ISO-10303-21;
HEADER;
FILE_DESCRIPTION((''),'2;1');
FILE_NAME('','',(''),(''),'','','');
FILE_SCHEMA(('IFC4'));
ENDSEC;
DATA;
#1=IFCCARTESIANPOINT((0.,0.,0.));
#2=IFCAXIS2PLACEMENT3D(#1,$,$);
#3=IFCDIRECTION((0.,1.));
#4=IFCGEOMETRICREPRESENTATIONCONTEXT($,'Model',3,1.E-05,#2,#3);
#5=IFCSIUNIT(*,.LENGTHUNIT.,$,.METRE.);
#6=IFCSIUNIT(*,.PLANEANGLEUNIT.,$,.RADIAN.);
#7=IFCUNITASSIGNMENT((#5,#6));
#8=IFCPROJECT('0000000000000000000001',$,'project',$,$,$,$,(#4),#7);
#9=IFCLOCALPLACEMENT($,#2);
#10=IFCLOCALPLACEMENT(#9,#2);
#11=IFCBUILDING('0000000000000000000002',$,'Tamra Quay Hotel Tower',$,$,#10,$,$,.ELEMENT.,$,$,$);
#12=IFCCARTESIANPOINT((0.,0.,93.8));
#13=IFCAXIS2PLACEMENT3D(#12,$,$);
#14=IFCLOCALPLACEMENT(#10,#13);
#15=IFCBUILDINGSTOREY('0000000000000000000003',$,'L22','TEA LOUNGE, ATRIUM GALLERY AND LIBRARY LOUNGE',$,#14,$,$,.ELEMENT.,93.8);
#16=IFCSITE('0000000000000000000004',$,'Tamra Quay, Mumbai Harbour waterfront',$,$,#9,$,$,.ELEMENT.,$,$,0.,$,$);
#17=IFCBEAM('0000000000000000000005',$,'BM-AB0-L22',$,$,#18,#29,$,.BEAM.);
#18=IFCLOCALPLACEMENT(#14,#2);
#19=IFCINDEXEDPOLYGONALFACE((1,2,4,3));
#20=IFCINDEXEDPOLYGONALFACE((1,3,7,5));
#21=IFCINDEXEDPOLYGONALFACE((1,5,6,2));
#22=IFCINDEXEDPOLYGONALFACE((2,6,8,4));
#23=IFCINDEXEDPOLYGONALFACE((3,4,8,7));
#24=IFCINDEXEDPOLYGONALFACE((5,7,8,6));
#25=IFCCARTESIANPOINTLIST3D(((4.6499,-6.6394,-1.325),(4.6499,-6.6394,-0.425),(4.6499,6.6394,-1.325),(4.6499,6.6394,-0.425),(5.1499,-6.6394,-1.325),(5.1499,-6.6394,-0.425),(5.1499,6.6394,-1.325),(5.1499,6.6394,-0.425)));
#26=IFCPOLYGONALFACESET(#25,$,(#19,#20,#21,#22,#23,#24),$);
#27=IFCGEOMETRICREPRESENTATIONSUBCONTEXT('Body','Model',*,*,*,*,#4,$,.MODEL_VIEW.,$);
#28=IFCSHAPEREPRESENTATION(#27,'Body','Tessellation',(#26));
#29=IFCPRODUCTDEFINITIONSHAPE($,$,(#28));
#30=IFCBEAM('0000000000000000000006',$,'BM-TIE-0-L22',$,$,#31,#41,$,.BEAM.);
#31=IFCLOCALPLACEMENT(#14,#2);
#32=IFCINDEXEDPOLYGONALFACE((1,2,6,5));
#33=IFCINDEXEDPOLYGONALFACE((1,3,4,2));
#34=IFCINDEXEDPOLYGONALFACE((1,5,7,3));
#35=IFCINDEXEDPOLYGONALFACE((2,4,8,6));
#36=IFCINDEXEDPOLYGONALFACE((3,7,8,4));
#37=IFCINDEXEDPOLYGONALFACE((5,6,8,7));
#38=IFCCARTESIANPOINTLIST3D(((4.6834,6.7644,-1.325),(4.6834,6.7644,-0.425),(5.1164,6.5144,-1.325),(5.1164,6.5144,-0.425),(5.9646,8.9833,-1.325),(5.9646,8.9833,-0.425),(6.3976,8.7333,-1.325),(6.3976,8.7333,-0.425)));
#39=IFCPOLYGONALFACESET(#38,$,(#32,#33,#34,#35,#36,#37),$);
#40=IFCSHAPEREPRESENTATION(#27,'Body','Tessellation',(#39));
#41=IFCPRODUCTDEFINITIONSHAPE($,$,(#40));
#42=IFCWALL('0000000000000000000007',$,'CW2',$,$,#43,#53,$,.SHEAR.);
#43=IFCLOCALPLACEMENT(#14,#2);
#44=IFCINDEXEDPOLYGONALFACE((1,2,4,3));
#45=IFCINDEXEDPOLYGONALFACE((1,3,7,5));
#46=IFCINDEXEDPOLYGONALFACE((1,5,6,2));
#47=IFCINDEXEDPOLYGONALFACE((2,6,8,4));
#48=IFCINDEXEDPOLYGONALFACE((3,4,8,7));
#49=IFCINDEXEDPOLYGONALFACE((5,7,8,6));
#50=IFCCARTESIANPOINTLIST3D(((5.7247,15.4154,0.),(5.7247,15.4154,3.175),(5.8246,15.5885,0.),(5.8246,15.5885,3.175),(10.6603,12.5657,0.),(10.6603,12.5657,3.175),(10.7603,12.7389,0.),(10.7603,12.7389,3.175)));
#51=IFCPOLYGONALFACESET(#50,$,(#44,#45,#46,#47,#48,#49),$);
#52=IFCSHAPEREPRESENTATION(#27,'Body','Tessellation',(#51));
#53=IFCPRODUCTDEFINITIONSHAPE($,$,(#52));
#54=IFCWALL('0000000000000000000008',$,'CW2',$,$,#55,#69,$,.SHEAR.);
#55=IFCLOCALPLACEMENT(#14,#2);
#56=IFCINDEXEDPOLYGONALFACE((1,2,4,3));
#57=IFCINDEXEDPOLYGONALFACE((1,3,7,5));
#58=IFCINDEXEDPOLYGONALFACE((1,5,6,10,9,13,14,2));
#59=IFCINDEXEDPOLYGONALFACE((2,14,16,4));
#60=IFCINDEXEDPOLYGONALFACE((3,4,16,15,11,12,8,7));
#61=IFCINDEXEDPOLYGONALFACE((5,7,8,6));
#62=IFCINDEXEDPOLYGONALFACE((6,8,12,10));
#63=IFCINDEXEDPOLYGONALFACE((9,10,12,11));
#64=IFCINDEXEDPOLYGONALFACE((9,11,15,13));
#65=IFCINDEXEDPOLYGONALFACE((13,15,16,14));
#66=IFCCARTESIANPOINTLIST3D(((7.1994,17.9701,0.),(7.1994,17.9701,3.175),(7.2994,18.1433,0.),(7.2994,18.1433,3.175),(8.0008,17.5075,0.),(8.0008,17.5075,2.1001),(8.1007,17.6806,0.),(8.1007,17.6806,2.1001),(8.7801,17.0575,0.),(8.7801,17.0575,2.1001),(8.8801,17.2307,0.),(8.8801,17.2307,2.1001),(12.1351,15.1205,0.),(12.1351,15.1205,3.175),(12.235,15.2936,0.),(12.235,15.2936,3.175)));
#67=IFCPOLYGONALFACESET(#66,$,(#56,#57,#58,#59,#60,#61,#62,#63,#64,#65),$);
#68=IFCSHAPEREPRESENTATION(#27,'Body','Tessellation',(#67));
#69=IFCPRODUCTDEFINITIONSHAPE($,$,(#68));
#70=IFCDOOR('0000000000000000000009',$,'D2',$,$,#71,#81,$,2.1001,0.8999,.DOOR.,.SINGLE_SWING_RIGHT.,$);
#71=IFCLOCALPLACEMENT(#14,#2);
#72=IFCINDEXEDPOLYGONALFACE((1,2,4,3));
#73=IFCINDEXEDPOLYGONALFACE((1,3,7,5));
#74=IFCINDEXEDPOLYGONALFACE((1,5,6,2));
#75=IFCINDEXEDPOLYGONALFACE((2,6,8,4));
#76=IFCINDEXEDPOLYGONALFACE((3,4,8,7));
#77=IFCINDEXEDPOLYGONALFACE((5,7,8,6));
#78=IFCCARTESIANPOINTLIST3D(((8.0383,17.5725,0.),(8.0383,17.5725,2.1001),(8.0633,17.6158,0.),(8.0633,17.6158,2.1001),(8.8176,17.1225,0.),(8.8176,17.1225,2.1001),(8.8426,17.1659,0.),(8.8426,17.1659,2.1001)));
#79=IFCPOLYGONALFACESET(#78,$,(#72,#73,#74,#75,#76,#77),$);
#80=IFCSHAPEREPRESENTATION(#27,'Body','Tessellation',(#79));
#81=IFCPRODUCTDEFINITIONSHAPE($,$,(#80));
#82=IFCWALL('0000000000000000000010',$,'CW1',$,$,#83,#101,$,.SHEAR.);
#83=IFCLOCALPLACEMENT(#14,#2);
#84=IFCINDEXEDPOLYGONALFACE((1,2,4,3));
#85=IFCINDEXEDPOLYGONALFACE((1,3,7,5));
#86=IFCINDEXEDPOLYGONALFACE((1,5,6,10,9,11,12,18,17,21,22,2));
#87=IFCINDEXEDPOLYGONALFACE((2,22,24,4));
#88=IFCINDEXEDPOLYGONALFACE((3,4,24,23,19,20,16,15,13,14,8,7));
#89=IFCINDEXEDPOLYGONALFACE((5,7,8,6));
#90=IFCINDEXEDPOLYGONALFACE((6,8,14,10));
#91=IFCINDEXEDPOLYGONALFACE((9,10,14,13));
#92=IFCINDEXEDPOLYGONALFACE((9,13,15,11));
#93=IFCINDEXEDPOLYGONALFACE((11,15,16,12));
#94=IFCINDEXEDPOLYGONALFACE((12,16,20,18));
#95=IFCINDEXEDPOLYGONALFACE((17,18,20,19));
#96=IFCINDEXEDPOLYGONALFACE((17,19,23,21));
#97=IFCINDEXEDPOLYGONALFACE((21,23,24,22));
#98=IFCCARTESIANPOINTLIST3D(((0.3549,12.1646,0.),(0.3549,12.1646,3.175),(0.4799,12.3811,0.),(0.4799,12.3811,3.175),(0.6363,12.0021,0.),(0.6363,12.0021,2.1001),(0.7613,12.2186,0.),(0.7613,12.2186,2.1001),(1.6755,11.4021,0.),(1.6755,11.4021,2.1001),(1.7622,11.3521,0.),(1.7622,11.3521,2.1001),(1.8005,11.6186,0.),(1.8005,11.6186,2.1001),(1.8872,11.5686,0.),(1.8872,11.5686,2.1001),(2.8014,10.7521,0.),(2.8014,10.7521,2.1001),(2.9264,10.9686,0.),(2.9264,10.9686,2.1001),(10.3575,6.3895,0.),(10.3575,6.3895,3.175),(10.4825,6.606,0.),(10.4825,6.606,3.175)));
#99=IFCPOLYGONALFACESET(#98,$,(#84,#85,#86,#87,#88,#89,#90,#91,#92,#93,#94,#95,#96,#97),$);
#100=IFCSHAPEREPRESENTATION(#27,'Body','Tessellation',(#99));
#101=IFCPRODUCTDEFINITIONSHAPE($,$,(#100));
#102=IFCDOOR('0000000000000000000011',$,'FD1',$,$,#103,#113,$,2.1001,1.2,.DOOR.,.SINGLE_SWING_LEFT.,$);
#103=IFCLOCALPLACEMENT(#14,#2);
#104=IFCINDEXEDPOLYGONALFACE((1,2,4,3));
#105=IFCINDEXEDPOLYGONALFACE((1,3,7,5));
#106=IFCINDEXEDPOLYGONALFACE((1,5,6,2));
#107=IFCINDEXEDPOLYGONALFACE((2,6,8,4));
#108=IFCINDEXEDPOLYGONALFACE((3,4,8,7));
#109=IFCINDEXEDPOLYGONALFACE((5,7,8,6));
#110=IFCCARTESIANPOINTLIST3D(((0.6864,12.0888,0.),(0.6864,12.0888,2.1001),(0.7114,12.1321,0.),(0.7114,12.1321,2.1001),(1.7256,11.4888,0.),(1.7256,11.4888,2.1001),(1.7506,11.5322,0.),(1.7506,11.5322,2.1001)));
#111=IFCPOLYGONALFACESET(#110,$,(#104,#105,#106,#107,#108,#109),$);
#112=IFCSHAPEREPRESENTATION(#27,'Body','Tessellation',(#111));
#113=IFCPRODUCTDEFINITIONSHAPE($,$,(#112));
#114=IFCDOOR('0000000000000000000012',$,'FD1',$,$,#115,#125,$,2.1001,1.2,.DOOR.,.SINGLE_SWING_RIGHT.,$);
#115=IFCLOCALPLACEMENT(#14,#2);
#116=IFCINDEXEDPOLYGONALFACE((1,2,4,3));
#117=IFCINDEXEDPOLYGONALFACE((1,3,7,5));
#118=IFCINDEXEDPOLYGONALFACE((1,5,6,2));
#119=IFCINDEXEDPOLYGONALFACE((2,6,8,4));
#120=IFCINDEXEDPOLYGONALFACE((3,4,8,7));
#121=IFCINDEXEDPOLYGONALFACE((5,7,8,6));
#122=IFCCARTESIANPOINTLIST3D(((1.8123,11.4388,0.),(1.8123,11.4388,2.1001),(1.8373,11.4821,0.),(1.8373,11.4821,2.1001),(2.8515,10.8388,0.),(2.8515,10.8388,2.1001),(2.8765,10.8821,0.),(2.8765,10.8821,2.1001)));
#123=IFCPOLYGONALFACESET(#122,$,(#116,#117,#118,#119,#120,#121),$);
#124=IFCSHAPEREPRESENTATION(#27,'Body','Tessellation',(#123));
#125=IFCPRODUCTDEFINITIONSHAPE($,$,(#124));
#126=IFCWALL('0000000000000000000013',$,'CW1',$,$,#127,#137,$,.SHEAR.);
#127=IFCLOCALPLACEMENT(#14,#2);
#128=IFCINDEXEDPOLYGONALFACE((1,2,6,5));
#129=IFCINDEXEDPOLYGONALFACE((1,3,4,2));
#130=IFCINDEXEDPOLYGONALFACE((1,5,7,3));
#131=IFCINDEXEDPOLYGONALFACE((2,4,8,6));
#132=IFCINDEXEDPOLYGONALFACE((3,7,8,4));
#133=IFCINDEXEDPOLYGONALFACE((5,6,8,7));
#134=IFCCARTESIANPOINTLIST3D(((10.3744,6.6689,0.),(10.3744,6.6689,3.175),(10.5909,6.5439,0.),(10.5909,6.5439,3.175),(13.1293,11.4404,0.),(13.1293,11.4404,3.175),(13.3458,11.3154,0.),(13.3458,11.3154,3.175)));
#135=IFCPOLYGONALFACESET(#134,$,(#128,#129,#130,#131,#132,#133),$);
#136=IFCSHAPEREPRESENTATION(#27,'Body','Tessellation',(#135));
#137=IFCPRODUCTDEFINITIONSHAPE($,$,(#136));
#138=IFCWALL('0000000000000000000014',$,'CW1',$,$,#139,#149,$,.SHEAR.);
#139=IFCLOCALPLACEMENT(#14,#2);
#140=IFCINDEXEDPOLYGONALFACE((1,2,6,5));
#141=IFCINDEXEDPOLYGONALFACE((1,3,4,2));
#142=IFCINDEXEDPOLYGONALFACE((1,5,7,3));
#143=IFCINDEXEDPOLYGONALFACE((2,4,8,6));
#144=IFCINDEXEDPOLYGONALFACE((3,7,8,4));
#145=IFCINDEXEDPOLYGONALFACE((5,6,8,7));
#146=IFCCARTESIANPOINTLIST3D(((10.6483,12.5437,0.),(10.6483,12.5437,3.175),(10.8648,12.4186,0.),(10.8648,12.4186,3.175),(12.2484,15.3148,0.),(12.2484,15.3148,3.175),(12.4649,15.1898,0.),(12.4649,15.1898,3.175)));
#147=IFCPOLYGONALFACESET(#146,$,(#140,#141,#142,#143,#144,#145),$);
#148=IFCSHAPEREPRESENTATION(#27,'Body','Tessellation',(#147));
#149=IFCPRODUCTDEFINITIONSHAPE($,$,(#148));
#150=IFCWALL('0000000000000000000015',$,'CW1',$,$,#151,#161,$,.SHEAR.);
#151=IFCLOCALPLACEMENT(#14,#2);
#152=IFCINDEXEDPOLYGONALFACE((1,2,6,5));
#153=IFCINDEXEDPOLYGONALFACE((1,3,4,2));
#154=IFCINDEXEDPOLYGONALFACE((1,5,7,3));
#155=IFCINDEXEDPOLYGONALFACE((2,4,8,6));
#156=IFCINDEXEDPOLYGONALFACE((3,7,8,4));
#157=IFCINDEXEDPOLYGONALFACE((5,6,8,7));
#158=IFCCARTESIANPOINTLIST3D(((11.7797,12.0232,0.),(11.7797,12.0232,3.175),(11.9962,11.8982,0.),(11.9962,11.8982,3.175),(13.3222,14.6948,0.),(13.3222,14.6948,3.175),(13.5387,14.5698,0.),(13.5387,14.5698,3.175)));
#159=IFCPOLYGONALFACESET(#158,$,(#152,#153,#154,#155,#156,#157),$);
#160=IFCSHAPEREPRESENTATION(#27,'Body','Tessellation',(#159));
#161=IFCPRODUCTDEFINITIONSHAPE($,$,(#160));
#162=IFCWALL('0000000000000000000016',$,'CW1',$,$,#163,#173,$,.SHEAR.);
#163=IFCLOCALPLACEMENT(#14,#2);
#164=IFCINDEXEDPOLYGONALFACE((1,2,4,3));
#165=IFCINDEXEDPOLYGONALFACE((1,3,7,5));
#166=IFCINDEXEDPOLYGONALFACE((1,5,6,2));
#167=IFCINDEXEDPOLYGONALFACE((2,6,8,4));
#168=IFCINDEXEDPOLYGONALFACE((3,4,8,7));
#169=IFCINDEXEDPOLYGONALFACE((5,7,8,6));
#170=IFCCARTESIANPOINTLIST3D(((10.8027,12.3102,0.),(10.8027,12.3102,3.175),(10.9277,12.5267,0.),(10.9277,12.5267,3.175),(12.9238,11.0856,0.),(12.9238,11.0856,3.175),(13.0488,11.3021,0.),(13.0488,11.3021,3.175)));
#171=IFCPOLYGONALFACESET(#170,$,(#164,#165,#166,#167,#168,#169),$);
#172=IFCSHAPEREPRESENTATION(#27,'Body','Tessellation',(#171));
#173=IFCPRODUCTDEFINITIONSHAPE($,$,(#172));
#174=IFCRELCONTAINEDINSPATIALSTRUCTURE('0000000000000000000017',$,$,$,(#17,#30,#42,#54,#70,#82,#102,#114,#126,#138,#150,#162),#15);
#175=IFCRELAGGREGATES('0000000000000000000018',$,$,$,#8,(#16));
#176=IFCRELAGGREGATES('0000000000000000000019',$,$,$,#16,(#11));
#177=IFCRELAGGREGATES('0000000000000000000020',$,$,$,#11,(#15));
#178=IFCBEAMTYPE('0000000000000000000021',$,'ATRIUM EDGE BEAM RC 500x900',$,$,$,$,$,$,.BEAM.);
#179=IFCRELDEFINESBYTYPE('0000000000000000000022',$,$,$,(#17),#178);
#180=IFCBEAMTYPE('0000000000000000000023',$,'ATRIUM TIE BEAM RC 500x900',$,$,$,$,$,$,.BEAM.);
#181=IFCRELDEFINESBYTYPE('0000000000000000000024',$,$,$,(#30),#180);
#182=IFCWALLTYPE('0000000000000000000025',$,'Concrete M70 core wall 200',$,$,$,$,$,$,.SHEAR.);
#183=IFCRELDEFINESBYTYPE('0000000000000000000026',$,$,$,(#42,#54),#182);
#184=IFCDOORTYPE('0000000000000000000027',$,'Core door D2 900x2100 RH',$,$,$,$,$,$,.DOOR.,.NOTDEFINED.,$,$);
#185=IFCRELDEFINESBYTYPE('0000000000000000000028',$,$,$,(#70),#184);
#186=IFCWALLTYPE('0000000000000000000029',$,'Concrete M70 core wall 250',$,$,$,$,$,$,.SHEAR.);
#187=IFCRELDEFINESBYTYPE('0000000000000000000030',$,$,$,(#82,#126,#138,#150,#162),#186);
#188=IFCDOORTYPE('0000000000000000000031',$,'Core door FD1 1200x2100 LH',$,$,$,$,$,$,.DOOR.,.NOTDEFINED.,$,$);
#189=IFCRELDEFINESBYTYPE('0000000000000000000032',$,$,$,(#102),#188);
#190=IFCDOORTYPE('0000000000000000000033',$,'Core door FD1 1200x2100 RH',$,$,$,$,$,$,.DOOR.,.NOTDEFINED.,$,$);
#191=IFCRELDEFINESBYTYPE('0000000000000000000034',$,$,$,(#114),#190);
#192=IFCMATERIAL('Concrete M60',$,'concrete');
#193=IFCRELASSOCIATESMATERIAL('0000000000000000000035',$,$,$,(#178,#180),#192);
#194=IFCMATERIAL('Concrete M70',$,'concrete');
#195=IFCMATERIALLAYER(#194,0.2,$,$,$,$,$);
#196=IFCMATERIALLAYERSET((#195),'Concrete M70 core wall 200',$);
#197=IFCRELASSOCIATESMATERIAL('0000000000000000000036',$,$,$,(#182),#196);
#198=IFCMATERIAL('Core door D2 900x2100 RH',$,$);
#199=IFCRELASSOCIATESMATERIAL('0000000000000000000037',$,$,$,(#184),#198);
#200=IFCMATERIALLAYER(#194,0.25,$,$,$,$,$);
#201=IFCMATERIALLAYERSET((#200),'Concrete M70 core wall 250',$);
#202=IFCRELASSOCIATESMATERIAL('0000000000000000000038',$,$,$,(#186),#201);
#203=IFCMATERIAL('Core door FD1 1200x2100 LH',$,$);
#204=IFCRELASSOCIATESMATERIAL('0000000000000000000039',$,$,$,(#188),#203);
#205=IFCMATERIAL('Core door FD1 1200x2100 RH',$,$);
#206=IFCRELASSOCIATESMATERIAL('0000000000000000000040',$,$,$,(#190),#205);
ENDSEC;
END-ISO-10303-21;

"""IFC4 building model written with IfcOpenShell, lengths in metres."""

from ifc_helpers import new_model, si_unit, direction, frame, frame_2d, origin, origin_2d, place, context, subcontext, project, spatial, rectangle, extrude, material, layer, layer_set, material_profile, profile_set, type_object, element, fill, save


model = new_model("IFC4")

# Units and contexts
model_context = context("Model", 3, precision=1e-05, world=origin(), true_north=direction((0.0, 1.0)))
body_context = subcontext(model_context, "Body", "Model", "MODEL_VIEW")
ifc_project = project(units=[si_unit("LENGTHUNIT", "METRE"), si_unit("PLANEANGLEUNIT", "RADIAN")], contexts=[model_context])

# Site, building, storey
site_placement = place(None, origin())
site = spatial("IfcSite", under=ifc_project, at=site_placement, Name="Tamra Quay, Mumbai Harbour waterfront", CompositionType="ELEMENT", RefElevation=0.0)
building_placement = place(site_placement, origin())
building = spatial("IfcBuilding", under=site, at=building_placement, Name="Tamra Quay Hotel Tower", CompositionType="ELEMENT")
storey_placement = place(building_placement, frame((0.0, 0.0, 93.8)))
storey = spatial("IfcBuildingStorey", under=building, at=storey_placement, Name="L22", Description="TEA LOUNGE, ATRIUM GALLERY AND LIBRARY LOUNGE", CompositionType="ELEMENT", Elevation=93.8)

# Beams
ifc_material_1 = material(Name="Concrete M60", Category="concrete")
ifc_material_profile_1 = material_profile(ifc_material_1, rectangle(XDim=0.5, YDim=0.8999, at=origin_2d()), Name="ATRIUM EDGE BEAM RC 500x900")
ifc_profile_set_1 = profile_set([ifc_material_profile_1], Name="Concrete M60")
beam_type_1 = type_object("IfcBeamType", Name="ATRIUM EDGE BEAM RC 500x900", PredefinedType="BEAM", material=ifc_profile_set_1)
beam_1_placement = place(storey_placement, frame((4.8999, 6.6394, -0.875), z_axis=(0.0, -1.0, 0.0), x_axis=(1.0, 0.0, 0.0)))
element("IfcBeam", 1, at=beam_1_placement, inside=storey, type_object=beam_type_1, Name="BM-AB0-L22", PredefinedType="BEAM", context=body_context, shape_type="SweptSolid", body=[
    extrude(rectangle(XDim=0.5, YDim=0.8999, at=origin_2d()), origin(), (0.0, 0.0, 1.0), 13.2788),
])
ifc_material_profile_2 = material_profile(ifc_material_1, rectangle(XDim=0.5, YDim=0.8999, at=origin_2d()), Name="ATRIUM TIE BEAM RC 500x900")
ifc_profile_set_2 = profile_set([ifc_material_profile_2], Name="Concrete M60")
beam_type_2 = type_object("IfcBeamType", Name="ATRIUM TIE BEAM RC 500x900", PredefinedType="BEAM", material=ifc_profile_set_2)
beam_2_placement = place(storey_placement, frame((4.8999, 6.6394, -0.875), z_axis=(0.500033, 0.866006, 0.0), x_axis=(-0.866006, 0.500033, 0.0)))
element("IfcBeam", 2, at=beam_2_placement, inside=storey, type_object=beam_type_2, Name="BM-TIE-0-L22", PredefinedType="BEAM", context=body_context, shape_type="SweptSolid", body=[
    extrude(rectangle(XDim=0.5, YDim=0.8999, at=origin_2d()), origin(), (0.0, 0.0, 1.0), 2.5623),
])

# Wall
ifc_material_2 = material(Name="Concrete M70", Category="concrete")
ifc_layer_1 = layer(ifc_material_2, 0.2)
ifc_layer_set_1 = layer_set([ifc_layer_1], Name="Concrete M70 core wall 200")
wall_type_1 = type_object("IfcWallType", Name="Concrete M70 core wall 200", PredefinedType="SHEAR", material=ifc_layer_set_1)
wall_1_placement = place(storey_placement, frame((5.7747, 15.502, 0.0), z_axis=(0.0, 0.0, 1.0), x_axis=(0.86602, -0.500009, 0.0)))
element("IfcWall", 3, at=wall_1_placement, inside=storey, type_object=wall_type_1, Name="CW2", PredefinedType="SHEAR", context=body_context, shape_type="SweptSolid", body=[
    extrude(rectangle(XDim=5.6992, YDim=0.2, at=frame_2d((2.8496, 0.0))), origin(), (0.0, 0.0, 1.0), 3.175),
])

# Wall, opening, door
wall_2_placement = place(storey_placement, frame((12.1851, 15.207, 0.0), z_axis=(0.0, 0.0, 1.0), x_axis=(-0.86602, 0.500009, 0.0)))
wall_2 = element("IfcWall", 4, at=wall_2_placement, inside=storey, type_object=wall_type_1, Name="CW2", PredefinedType="SHEAR", context=body_context, shape_type="SweptSolid", body=[
    extrude(rectangle(XDim=5.6992, YDim=0.2, at=frame_2d((2.8496, 0.0))), origin(), (0.0, 0.0, 1.0), 3.175),
])
opening_1_placement = place(wall_2_placement, frame((3.874, 0.0, 0.0)))
opening_1 = element("IfcOpeningElement", 5, at=opening_1_placement, cuts=wall_2, PredefinedType="OPENING", context=body_context, shape_type="SweptSolid", body=[
    extrude(rectangle(XDim=0.8999, YDim=2.1001, at=frame_2d((0.45, 1.05))), frame((0.0, 0.1099, 0.0), z_axis=(0.0, -1.0, 0.0), x_axis=(1.0, 0.0, 0.0)), (0.0, 0.0, 1.0), 0.22),
])
ifc_material_3 = material(Name="Core door D2 900x2100 RH")
door_type_1 = type_object("IfcDoorType", Name="Core door D2 900x2100 RH", OperationType="NOTDEFINED", PredefinedType="DOOR", material=ifc_material_3)
door_1_placement = place(opening_1_placement, origin())
door_1 = element("IfcDoor", 6, at=door_1_placement, inside=storey, type_object=door_type_1, Name="D2", OperationType="SINGLE_SWING_RIGHT", OverallHeight=2.1001, OverallWidth=0.8999, PredefinedType="DOOR", context=body_context, shape_type="SweptSolid", body=[
    extrude(rectangle(XDim=0.8999, YDim=2.1001, at=frame_2d((0.45, 1.05))), frame((0.0, 0.0249, 0.0), z_axis=(0.0, -1.0, 0.0), x_axis=(1.0, 0.0, 0.0)), (0.0, 0.0, 1.0), 0.05),
])
fill(opening_1, door_1)

# Wall, openings, doors
ifc_layer_2 = layer(ifc_material_2, 0.25)
ifc_layer_set_2 = layer_set([ifc_layer_2], Name="Concrete M70 core wall 250")
wall_type_2 = type_object("IfcWallType", Name="Concrete M70 core wall 250", PredefinedType="SHEAR", material=ifc_layer_set_2)
wall_3_placement = place(storey_placement, frame((10.4199, 6.4978, 0.0), z_axis=(0.0, 0.0, 1.0), x_axis=(-0.866022, 0.500006, 0.0)))
wall_3 = element("IfcWall", 7, at=wall_3_placement, inside=storey, type_object=wall_type_2, Name="CW1", PredefinedType="SHEAR", context=body_context, shape_type="SweptSolid", body=[
    extrude(rectangle(XDim=11.55, YDim=0.25, at=frame_2d((5.7749, 0.0))), origin(), (0.0, 0.0, 1.0), 3.175),
])
opening_2_placement = place(wall_3_placement, frame((10.0249, 0.0, 0.0)))
opening_2 = element("IfcOpeningElement", 8, at=opening_2_placement, cuts=wall_3, PredefinedType="OPENING", context=body_context, shape_type="SweptSolid", body=[
    extrude(rectangle(XDim=1.2, YDim=2.1001, at=frame_2d((0.6001, 1.05))), frame((0.0, 0.135, 0.0), z_axis=(0.0, -1.0, 0.0), x_axis=(1.0, 0.0, 0.0)), (0.0, 0.0, 1.0), 0.27),
])
opening_3_placement = place(wall_3_placement, frame((8.7249, 0.0, 0.0)))
opening_3 = element("IfcOpeningElement", 9, at=opening_3_placement, cuts=wall_3, PredefinedType="OPENING", context=body_context, shape_type="SweptSolid", body=[
    extrude(rectangle(XDim=1.2, YDim=2.1001, at=frame_2d((0.6001, 1.05))), frame((0.0, 0.135, 0.0), z_axis=(0.0, -1.0, 0.0), x_axis=(1.0, 0.0, 0.0)), (0.0, 0.0, 1.0), 0.27),
])
ifc_material_4 = material(Name="Core door FD1 1200x2100 LH")
door_type_2 = type_object("IfcDoorType", Name="Core door FD1 1200x2100 LH", OperationType="NOTDEFINED", PredefinedType="DOOR", material=ifc_material_4)
door_2_placement = place(opening_2_placement, origin())
door_2 = element("IfcDoor", 10, at=door_2_placement, inside=storey, type_object=door_type_2, Name="FD1", OperationType="SINGLE_SWING_LEFT", OverallHeight=2.1001, OverallWidth=1.2, PredefinedType="DOOR", context=body_context, shape_type="SweptSolid", body=[
    extrude(rectangle(XDim=1.2, YDim=2.1001, at=frame_2d((0.6001, 1.05))), frame((0.0, 0.0249, 0.0), z_axis=(0.0, -1.0, 0.0), x_axis=(1.0, 0.0, 0.0)), (0.0, 0.0, 1.0), 0.05),
])
fill(opening_2, door_2)
ifc_material_5 = material(Name="Core door FD1 1200x2100 RH")
door_type_3 = type_object("IfcDoorType", Name="Core door FD1 1200x2100 RH", OperationType="NOTDEFINED", PredefinedType="DOOR", material=ifc_material_5)
door_3_placement = place(opening_3_placement, origin())
door_3 = element("IfcDoor", 11, at=door_3_placement, inside=storey, type_object=door_type_3, Name="FD1", OperationType="SINGLE_SWING_RIGHT", OverallHeight=2.1001, OverallWidth=1.2, PredefinedType="DOOR", context=body_context, shape_type="SweptSolid", body=[
    extrude(rectangle(XDim=1.2, YDim=2.1001, at=frame_2d((0.6001, 1.05))), frame((0.0, 0.0249, 0.0), z_axis=(0.0, -1.0, 0.0), x_axis=(1.0, 0.0, 0.0)), (0.0, 0.0, 1.0), 0.05),
])
fill(opening_3, door_3)

# Walls
wall_4_placement = place(storey_placement, frame((13.2375, 11.3779, 0.0), z_axis=(0.0, 0.0, 1.0), x_axis=(-0.500009, -0.86602, 0.0)))
element("IfcWall", 12, at=wall_4_placement, inside=storey, type_object=wall_type_2, Name="CW1", PredefinedType="SHEAR", context=body_context, shape_type="SweptSolid", body=[
    extrude(rectangle(XDim=5.5098, YDim=0.25, at=frame_2d((2.7549, 0.0))), origin(), (0.0, 0.0, 1.0), 3.175),
])
wall_5_placement = place(storey_placement, frame((12.3567, 15.2524, 0.0), z_axis=(0.0, 0.0, 1.0), x_axis=(-0.500028, -0.866009, 0.0)))
element("IfcWall", 13, at=wall_5_placement, inside=storey, type_object=wall_type_2, Name="CW1", PredefinedType="SHEAR", context=body_context, shape_type="SweptSolid", body=[
    extrude(rectangle(XDim=3.2, YDim=0.25, at=frame_2d((1.6001, 0.0))), origin(), (0.0, 0.0, 1.0), 3.175),
])
wall_6_placement = place(storey_placement, frame((11.8879, 11.9607, 0.0), z_axis=(0.0, 0.0, 1.0), x_axis=(0.500003, 0.866023, 0.0)))
element("IfcWall", 14, at=wall_6_placement, inside=storey, type_object=wall_type_2, Name="CW1", PredefinedType="SHEAR", context=body_context, shape_type="SweptSolid", body=[
    extrude(rectangle(XDim=3.085, YDim=0.25, at=frame_2d((1.5425, 0.0))), origin(), (0.0, 0.0, 1.0), 3.175),
])
wall_7_placement = place(storey_placement, frame((10.8652, 12.4185, 0.0), z_axis=(0.0, 0.0, 1.0), x_axis=(0.866026, -0.499999, 0.0)))
element("IfcWall", 15, at=wall_7_placement, inside=storey, type_object=wall_type_2, Name="CW1", PredefinedType="SHEAR", context=body_context, shape_type="SweptSolid", body=[
    extrude(rectangle(XDim=2.4492, YDim=0.25, at=frame_2d((1.2246, 0.0))), origin(), (0.0, 0.0, 1.0), 3.175),
])

save(model, "model.ifc")
